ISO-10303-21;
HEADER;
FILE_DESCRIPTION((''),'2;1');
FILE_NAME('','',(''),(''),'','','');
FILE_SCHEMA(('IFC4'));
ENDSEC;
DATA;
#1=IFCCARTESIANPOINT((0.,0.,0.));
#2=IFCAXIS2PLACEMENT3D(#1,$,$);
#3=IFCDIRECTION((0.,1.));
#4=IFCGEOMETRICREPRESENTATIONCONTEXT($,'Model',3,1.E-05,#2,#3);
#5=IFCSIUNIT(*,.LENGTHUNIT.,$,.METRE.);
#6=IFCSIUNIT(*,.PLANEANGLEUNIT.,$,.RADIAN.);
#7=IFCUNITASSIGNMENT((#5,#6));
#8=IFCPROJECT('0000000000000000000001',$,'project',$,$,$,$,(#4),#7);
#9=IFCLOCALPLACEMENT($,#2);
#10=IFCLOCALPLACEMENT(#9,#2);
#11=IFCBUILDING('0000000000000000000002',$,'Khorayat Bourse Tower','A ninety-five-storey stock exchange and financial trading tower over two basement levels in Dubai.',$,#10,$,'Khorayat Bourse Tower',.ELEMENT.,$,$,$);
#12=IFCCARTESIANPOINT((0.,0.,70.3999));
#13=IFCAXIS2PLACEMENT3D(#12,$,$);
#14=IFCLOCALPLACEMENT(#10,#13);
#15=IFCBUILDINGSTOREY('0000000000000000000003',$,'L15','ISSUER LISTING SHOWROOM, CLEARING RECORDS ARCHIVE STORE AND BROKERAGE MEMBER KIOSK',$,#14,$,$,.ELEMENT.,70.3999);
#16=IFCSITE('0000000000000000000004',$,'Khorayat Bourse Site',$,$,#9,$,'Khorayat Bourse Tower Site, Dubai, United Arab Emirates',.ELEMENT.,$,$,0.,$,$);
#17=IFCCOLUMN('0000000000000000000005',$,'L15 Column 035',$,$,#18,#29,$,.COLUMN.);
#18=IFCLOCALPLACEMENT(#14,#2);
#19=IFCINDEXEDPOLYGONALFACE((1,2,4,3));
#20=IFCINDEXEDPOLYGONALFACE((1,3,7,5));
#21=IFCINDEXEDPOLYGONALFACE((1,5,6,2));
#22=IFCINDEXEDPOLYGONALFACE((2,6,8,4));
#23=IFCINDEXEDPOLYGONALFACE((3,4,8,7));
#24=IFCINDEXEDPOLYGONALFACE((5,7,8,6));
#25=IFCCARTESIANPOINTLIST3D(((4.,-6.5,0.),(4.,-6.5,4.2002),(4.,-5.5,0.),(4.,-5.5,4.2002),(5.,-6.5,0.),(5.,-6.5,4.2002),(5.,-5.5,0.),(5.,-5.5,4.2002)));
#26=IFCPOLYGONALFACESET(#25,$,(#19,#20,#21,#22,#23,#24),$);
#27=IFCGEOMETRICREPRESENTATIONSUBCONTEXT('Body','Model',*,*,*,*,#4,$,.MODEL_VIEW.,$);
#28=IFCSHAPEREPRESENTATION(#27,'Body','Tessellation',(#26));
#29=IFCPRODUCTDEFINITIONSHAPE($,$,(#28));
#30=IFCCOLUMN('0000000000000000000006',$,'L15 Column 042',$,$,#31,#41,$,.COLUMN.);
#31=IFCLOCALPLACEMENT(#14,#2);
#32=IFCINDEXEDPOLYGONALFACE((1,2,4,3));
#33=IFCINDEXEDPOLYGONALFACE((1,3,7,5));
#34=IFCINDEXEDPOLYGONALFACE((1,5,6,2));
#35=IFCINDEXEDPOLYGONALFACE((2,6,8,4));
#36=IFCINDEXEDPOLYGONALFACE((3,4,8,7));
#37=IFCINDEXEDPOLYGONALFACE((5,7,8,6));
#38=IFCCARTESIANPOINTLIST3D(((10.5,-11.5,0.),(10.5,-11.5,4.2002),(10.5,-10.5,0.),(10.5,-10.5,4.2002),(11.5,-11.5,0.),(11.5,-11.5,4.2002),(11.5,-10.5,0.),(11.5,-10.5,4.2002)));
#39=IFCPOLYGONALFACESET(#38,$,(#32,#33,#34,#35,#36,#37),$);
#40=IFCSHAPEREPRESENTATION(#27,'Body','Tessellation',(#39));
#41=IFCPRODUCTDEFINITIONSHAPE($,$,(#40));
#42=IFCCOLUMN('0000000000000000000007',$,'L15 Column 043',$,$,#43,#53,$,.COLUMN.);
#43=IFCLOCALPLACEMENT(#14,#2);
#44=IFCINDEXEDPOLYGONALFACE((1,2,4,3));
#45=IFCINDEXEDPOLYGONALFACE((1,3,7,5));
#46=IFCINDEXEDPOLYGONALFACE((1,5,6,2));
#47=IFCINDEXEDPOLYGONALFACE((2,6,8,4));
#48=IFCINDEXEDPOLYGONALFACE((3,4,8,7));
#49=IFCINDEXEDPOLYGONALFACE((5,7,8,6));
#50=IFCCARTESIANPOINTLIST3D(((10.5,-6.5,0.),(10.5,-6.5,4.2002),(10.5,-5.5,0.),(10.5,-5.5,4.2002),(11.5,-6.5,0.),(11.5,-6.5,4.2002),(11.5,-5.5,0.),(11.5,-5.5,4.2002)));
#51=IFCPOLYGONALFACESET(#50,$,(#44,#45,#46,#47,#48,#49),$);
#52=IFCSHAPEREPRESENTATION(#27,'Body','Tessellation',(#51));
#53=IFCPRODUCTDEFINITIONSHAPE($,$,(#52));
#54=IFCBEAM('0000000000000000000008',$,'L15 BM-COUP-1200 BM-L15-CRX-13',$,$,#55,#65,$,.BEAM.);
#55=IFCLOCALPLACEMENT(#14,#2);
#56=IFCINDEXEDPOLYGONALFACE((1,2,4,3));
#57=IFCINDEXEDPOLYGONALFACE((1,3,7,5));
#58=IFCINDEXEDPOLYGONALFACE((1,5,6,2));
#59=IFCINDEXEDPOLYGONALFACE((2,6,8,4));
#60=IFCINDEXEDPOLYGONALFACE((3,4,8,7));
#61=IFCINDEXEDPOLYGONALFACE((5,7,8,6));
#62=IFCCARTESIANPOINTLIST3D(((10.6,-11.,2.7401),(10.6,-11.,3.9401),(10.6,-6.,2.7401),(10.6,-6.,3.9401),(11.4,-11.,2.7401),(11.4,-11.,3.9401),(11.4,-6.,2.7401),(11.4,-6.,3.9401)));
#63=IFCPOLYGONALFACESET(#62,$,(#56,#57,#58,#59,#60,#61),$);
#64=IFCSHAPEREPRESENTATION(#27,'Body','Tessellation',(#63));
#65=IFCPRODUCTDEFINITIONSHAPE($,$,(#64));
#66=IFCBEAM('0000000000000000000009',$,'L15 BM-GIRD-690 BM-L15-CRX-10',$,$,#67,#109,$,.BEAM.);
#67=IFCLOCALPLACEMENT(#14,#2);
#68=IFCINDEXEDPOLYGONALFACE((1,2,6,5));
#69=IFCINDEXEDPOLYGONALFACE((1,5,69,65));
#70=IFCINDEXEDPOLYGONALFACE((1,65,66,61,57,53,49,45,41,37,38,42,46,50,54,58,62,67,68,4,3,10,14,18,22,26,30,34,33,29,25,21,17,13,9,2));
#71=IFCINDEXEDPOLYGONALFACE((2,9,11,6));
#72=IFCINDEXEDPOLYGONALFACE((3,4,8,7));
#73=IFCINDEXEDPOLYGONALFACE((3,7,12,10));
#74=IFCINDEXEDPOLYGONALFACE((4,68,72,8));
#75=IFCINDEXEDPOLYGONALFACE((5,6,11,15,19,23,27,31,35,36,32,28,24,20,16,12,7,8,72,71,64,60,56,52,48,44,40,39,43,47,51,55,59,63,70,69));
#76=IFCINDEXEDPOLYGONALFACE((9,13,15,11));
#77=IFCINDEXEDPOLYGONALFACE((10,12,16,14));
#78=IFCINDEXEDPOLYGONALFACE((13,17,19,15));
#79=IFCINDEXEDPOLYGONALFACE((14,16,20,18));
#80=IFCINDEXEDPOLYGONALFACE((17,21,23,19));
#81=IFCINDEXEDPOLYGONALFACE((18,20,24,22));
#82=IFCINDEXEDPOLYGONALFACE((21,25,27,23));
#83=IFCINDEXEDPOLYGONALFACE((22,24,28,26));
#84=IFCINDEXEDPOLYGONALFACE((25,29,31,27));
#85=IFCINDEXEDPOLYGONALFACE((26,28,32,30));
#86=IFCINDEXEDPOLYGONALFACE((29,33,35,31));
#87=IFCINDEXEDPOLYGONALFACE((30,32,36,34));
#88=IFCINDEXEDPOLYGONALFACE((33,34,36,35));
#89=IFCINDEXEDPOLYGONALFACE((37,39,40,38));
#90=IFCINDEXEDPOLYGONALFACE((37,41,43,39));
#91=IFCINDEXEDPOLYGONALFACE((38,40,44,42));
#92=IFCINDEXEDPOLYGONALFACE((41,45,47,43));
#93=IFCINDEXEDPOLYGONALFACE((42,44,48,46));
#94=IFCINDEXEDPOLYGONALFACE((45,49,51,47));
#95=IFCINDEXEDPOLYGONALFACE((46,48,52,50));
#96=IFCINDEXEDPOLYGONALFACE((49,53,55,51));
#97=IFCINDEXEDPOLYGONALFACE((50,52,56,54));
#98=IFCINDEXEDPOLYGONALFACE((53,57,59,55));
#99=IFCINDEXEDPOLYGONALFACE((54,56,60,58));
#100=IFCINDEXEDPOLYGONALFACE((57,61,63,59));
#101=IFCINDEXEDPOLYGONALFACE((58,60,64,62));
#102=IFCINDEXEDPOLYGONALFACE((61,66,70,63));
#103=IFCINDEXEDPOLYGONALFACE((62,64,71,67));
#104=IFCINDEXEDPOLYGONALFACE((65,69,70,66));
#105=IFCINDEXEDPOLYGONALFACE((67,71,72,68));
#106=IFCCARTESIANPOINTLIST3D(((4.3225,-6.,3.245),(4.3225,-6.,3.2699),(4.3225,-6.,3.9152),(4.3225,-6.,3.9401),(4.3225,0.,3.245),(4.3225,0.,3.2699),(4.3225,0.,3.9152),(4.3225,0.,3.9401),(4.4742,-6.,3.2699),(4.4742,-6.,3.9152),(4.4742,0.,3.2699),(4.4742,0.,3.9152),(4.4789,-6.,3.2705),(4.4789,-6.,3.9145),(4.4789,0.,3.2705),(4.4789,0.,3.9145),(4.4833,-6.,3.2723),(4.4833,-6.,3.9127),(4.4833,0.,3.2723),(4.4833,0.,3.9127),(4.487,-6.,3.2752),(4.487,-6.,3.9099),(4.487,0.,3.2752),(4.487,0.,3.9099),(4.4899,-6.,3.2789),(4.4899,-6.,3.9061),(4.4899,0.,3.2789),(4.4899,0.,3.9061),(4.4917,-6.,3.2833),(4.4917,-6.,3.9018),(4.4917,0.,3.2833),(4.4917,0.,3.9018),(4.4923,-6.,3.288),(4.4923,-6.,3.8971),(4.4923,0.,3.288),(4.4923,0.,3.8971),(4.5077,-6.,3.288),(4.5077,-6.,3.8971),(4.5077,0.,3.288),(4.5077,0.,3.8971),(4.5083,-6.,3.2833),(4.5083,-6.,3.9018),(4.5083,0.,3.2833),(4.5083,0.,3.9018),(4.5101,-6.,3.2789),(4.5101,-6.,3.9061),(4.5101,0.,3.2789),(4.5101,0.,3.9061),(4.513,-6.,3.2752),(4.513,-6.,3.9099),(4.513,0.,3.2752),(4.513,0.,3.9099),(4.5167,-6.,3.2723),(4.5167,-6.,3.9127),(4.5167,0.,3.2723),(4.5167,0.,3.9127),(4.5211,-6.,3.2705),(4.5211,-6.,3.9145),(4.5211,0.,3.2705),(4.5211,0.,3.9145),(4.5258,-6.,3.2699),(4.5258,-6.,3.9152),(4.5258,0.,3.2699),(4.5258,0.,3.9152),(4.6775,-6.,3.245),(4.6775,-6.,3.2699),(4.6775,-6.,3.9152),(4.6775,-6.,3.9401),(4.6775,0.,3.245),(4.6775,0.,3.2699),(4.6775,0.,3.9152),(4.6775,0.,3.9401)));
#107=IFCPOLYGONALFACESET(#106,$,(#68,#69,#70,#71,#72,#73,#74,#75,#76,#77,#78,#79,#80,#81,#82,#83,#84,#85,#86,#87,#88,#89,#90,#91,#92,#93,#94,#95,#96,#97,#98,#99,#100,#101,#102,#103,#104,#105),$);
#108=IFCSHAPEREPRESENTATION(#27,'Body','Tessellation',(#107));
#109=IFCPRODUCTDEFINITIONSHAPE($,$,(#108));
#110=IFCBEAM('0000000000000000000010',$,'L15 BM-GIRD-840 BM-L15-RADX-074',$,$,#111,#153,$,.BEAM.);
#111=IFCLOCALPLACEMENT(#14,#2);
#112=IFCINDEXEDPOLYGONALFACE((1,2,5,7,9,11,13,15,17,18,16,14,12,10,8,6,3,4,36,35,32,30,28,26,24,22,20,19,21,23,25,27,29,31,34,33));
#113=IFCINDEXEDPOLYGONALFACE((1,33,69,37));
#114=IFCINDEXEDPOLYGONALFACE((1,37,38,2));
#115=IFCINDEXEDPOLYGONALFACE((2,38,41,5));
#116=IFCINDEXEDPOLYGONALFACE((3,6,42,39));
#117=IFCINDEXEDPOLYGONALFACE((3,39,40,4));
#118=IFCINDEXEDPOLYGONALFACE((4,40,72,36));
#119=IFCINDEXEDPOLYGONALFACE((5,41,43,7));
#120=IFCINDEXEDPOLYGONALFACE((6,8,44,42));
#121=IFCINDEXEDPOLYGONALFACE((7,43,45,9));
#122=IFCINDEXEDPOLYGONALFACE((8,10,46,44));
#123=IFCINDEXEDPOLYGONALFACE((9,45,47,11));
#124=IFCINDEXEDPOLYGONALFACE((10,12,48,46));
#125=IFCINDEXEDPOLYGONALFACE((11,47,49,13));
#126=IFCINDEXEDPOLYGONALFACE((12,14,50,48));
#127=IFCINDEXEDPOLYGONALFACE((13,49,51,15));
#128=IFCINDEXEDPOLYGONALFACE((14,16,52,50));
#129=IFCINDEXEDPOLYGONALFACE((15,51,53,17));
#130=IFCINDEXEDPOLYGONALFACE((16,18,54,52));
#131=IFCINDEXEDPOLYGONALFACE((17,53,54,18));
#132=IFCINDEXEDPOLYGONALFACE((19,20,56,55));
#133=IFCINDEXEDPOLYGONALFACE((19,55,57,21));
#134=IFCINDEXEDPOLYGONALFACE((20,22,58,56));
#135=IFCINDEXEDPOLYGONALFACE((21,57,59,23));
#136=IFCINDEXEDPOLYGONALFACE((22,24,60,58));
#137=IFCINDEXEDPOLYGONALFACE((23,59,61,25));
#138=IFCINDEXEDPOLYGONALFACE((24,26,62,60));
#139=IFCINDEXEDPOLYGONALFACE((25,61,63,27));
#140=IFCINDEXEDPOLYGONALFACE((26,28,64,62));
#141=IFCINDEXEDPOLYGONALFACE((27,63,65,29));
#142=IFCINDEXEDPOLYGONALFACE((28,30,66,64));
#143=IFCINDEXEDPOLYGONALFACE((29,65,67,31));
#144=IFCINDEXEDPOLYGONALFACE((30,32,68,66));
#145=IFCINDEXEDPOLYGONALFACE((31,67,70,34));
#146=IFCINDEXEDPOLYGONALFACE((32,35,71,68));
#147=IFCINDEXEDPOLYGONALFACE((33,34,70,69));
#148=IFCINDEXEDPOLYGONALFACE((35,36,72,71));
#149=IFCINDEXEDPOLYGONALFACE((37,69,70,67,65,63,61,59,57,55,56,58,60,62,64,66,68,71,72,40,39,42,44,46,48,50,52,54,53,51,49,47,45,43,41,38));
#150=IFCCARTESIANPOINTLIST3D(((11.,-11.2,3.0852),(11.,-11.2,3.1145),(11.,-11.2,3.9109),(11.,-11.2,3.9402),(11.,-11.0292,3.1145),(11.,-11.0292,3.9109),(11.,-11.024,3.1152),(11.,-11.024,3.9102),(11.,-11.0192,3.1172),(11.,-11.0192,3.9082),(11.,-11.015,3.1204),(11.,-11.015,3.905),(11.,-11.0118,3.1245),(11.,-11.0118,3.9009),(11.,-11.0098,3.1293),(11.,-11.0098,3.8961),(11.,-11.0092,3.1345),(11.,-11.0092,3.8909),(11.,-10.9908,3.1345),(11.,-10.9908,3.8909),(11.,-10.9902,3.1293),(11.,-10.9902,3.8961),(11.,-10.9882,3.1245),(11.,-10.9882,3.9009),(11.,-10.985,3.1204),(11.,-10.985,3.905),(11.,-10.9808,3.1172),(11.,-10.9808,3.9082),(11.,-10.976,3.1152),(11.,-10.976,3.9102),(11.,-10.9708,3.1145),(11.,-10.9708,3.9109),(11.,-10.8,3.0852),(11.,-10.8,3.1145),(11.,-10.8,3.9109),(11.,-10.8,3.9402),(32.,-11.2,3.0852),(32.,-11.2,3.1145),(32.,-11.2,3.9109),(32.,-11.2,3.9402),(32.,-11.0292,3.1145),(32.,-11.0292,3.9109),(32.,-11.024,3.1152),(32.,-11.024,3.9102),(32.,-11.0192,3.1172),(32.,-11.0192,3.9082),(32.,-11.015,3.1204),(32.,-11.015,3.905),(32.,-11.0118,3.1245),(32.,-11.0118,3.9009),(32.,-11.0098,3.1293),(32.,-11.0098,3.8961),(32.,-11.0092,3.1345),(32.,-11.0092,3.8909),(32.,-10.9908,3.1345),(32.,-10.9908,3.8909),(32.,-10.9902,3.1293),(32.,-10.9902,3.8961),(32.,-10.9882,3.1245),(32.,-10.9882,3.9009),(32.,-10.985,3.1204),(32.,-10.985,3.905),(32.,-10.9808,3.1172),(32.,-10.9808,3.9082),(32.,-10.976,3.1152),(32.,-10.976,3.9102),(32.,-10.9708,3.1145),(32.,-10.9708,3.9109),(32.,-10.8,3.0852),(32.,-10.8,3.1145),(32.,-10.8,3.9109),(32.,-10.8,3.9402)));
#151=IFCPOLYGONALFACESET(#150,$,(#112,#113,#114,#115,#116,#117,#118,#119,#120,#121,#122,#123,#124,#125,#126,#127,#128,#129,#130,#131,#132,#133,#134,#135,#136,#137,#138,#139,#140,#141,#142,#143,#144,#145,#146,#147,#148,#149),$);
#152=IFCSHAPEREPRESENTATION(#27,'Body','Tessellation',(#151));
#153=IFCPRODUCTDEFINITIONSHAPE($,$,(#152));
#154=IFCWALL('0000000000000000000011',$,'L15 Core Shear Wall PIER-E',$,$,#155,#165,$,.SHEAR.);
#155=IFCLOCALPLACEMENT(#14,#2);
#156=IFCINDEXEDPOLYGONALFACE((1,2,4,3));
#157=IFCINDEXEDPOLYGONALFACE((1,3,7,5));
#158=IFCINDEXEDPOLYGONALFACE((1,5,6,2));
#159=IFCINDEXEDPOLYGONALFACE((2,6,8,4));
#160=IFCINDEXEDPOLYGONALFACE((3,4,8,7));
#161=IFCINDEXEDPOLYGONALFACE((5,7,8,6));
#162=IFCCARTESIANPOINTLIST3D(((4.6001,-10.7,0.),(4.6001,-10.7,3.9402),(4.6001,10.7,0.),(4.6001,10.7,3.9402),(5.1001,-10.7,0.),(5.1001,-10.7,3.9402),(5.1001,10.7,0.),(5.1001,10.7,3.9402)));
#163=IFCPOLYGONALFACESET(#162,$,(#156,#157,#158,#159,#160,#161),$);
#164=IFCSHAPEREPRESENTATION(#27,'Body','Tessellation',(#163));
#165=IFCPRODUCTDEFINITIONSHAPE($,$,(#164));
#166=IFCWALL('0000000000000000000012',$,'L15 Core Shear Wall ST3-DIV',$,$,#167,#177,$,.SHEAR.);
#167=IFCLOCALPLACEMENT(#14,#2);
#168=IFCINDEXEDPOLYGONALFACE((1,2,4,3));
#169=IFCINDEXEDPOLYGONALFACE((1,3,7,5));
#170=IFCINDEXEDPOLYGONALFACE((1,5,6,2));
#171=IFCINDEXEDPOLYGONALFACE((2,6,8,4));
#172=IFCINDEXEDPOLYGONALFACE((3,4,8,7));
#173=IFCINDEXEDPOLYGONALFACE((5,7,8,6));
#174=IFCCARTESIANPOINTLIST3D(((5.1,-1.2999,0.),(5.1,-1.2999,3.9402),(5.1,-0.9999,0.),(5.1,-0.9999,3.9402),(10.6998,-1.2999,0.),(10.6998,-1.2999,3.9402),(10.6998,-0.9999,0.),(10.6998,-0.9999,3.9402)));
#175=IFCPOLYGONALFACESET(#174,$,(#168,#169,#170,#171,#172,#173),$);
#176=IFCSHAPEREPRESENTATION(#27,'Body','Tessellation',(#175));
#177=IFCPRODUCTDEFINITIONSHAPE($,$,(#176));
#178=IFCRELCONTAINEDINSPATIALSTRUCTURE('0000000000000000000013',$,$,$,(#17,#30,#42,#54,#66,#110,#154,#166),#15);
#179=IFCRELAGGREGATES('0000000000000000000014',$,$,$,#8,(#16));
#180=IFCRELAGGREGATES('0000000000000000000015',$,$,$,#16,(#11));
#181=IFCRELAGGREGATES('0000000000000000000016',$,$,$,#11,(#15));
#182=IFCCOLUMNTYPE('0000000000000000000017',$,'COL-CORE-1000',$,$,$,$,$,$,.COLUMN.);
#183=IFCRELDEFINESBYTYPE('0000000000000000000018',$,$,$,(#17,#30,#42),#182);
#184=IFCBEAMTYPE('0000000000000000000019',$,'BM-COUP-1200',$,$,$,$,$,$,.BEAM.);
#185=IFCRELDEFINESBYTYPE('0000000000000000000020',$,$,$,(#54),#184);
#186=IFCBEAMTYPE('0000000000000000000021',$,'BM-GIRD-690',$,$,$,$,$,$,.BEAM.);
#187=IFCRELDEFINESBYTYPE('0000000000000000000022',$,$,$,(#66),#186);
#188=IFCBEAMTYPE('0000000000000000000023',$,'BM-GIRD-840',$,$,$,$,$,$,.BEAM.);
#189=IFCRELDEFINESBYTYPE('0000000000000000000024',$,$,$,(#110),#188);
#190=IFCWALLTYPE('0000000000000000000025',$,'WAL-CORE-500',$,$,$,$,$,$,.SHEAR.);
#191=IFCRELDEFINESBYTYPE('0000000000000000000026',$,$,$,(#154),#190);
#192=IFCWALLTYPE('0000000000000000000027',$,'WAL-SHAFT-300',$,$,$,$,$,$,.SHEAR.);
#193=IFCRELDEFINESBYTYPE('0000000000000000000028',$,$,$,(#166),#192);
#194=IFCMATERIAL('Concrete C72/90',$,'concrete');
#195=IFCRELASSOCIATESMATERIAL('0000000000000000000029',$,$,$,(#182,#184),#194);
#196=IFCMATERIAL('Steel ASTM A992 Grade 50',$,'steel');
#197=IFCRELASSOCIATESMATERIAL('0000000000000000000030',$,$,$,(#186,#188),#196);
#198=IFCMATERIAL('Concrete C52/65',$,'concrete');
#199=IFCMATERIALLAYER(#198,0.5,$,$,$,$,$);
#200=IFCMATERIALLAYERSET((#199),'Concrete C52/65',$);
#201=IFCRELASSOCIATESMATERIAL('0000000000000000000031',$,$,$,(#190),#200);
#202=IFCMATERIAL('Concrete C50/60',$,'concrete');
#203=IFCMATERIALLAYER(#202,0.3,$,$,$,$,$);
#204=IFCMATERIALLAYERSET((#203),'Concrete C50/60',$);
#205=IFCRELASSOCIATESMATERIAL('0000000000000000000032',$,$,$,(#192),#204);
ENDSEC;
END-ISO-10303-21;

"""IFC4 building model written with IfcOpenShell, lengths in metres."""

from ifc_helpers import new_model, si_unit, direction, frame, frame_2d, origin, origin_2d, place, context, subcontext, project, spatial, rectangle, i_section, extrude, source, transform, mapped, material, layer, layer_set, material_profile, profile_set, type_object, element, save


model = new_model("IFC4")

# Units and contexts
model_context = context("Model", 3, precision=1e-05, world=origin(), true_north=direction((0.0, 1.0)))
body_context = subcontext(model_context, "Body", "Model", "MODEL_VIEW")
ifc_project = project(units=[si_unit("LENGTHUNIT", "METRE"), si_unit("PLANEANGLEUNIT", "RADIAN")], contexts=[model_context])

# Site, building, storey
site_placement = place(None, origin())
site = spatial("IfcSite", under=ifc_project, at=site_placement, Name="Khorayat Bourse Site", LongName="Khorayat Bourse Tower Site, Dubai, United Arab Emirates", CompositionType="ELEMENT", RefElevation=0.0)
building_placement = place(site_placement, origin())
building = spatial("IfcBuilding", under=site, at=building_placement, Name="Khorayat Bourse Tower", Description="A ninety-five-storey stock exchange and financial trading tower over two basement levels in Dubai.", LongName="Khorayat Bourse Tower", CompositionType="ELEMENT")
storey_placement = place(building_placement, frame((0.0, 0.0, 70.3999)))
storey = spatial("IfcBuildingStorey", under=building, at=storey_placement, Name="L15", Description="ISSUER LISTING SHOWROOM, CLEARING RECORDS ARCHIVE STORE AND BROKERAGE MEMBER KIOSK", CompositionType="ELEMENT", Elevation=70.3999)

# Columns
ifc_material_1 = material(Name="Concrete C72/90", Category="concrete")
ifc_material_profile_1 = material_profile(ifc_material_1, rectangle(XDim=1.0, YDim=1.0, at=origin_2d()), Name="RC 1000x1000")
ifc_profile_set_1 = profile_set([ifc_material_profile_1], Name="Concrete C72/90")
column_type = type_object("IfcColumnType", Name="COL-CORE-1000", PredefinedType="COLUMN", material=ifc_profile_set_1)
shared_shape_1 = source(origin(), body_context, "Body", "SweptSolid", [
    extrude(rectangle(XDim=1.0, YDim=1.0, at=origin_2d()), origin(), (0.0, 0.0, 1.0), 4.2002),
])
for number, where, z_axis, x_axis, name in (
    (1, (4.5, -6.0, 0.0), (0.0, 0.0, 1.0), (1.0, 0.0, 0.0), "L15 Column 035"),
    (2, (11.0, -11.0, 0.0), (0.0, 0.0, 1.0), (1.0, 0.0, 0.0), "L15 Column 042"),
    (3, (11.0, -6.0, 0.0), (0.0, 0.0, 1.0), (1.0, 0.0, 0.0), "L15 Column 043"),
):
    element("IfcColumn", number, at=place(storey_placement, frame(where, z_axis=z_axis, x_axis=x_axis)), inside=storey, type_object=column_type, Name=name, PredefinedType="COLUMN", context=body_context, shape_type="MappedRepresentation", body=[
        mapped(shared_shape_1, transform((0.0, 0.0, 0.0), scale=1.0)),
    ])

# Beams
ifc_material_profile_2 = material_profile(ifc_material_1, rectangle(XDim=0.8, YDim=1.2, at=origin_2d()), Name="RC 800x1200")
ifc_profile_set_2 = profile_set([ifc_material_profile_2], Name="Concrete C72/90")
beam_type_1 = type_object("IfcBeamType", Name="BM-COUP-1200", PredefinedType="BEAM", material=ifc_profile_set_2)
shared_shape_2 = source(origin(), body_context, "Body", "SweptSolid", [
    extrude(rectangle(XDim=0.8, YDim=1.2, at=origin_2d()), origin(), (0.0, 0.0, 1.0), 5.0),
])
beam_1_placement = place(storey_placement, frame((11.0, -11.0, 3.3401), z_axis=(0.0, 1.0, 0.0), x_axis=(-1.0, 0.0, 0.0)))
element("IfcBeam", 4, at=beam_1_placement, inside=storey, type_object=beam_type_1, Name="L15 BM-COUP-1200 BM-L15-CRX-13", PredefinedType="BEAM", context=body_context, shape_type="MappedRepresentation", body=[
    mapped(shared_shape_2, transform((0.0, 0.0, 0.0), scale=1.0)),
])
ifc_material_2 = material(Name="Steel ASTM A992 Grade 50", Category="steel")
ifc_material_profile_3 = material_profile(ifc_material_2, i_section(OverallWidth=0.355, OverallDepth=0.6951, WebThickness=0.0154, FlangeThickness=0.0249, FilletRadius=0.0181, at=origin_2d()), Name="W690X217")
ifc_profile_set_3 = profile_set([ifc_material_profile_3], Name="Steel ASTM A992 Grade 50")
beam_type_2 = type_object("IfcBeamType", Name="BM-GIRD-690", PredefinedType="BEAM", material=ifc_profile_set_3)
shared_shape_3 = source(origin(), body_context, "Body", "SweptSolid", [
    extrude(i_section(OverallWidth=0.355, OverallDepth=0.6951, WebThickness=0.0154, FlangeThickness=0.0249, FilletRadius=0.0181, at=origin_2d()), origin(), (0.0, 0.0, 1.0), 6.0),
])
beam_2_placement = place(storey_placement, frame((4.5, -6.0, 3.5925), z_axis=(0.0, 1.0, 0.0), x_axis=(-1.0, 0.0, 0.0)))
element("IfcBeam", 5, at=beam_2_placement, inside=storey, type_object=beam_type_2, Name="L15 BM-GIRD-690 BM-L15-CRX-10", PredefinedType="BEAM", context=body_context, shape_type="MappedRepresentation", body=[
    mapped(shared_shape_3, transform((0.0, 0.0, 0.0), scale=1.0)),
])
ifc_material_profile_4 = material_profile(ifc_material_2, i_section(OverallWidth=0.3999, OverallDepth=0.855, WebThickness=0.0183, FlangeThickness=0.0293, FilletRadius=0.02, at=origin_2d()), Name="W840X299")
ifc_profile_set_4 = profile_set([ifc_material_profile_4], Name="Steel ASTM A992 Grade 50")
beam_type_3 = type_object("IfcBeamType", Name="BM-GIRD-840", PredefinedType="BEAM", material=ifc_profile_set_4)
shared_shape_4 = source(origin(), body_context, "Body", "SweptSolid", [
    extrude(i_section(OverallWidth=0.3999, OverallDepth=0.855, WebThickness=0.0183, FlangeThickness=0.0293, FilletRadius=0.02, at=origin_2d()), origin(), (0.0, 0.0, 1.0), 21.0),
])
beam_3_placement = place(storey_placement, frame((11.0, -11.0, 3.5127), z_axis=(1.0, 0.0, 0.0), x_axis=(0.0, 1.0, 0.0)))
element("IfcBeam", 6, at=beam_3_placement, inside=storey, type_object=beam_type_3, Name="L15 BM-GIRD-840 BM-L15-RADX-074", PredefinedType="BEAM", context=body_context, shape_type="MappedRepresentation", body=[
    mapped(shared_shape_4, transform((0.0, 0.0, 0.0), scale=1.0)),
])

# Walls
ifc_material_3 = material(Name="Concrete C52/65", Category="concrete")
ifc_layer_1 = layer(ifc_material_3, 0.5)
ifc_layer_set_1 = layer_set([ifc_layer_1], Name="Concrete C52/65")
wall_type_1 = type_object("IfcWallType", Name="WAL-CORE-500", PredefinedType="SHEAR", material=ifc_layer_set_1)
shared_shape_5 = source(origin(), body_context, "Body", "SweptSolid", [
    extrude(rectangle(XDim=21.3999, YDim=0.5, at=frame_2d((10.7, 0.0))), origin(), (0.0, 0.0, 1.0), 3.9402),
])
wall_1_placement = place(storey_placement, frame((4.8501, -10.7, 0.0), z_axis=(0.0, 0.0, 1.0), x_axis=(0.0, 1.0, 0.0)))
element("IfcWall", 7, at=wall_1_placement, inside=storey, type_object=wall_type_1, Name="L15 Core Shear Wall PIER-E", PredefinedType="SHEAR", context=body_context, shape_type="MappedRepresentation", body=[
    mapped(shared_shape_5, transform((0.0, 0.0, 0.0), scale=1.0)),
])
ifc_material_4 = material(Name="Concrete C50/60", Category="concrete")
ifc_layer_2 = layer(ifc_material_4, 0.3)
ifc_layer_set_2 = layer_set([ifc_layer_2], Name="Concrete C50/60")
wall_type_2 = type_object("IfcWallType", Name="WAL-SHAFT-300", PredefinedType="SHEAR", material=ifc_layer_set_2)
shared_shape_6 = source(origin(), body_context, "Body", "SweptSolid", [
    extrude(rectangle(XDim=5.5999, YDim=0.3, at=frame_2d((2.7998, 0.0))), origin(), (0.0, 0.0, 1.0), 3.9402),
])
wall_2_placement = place(storey_placement, frame((5.1001, -1.1499, 0.0), z_axis=(0.0, 0.0, 1.0), x_axis=(1.0, 0.0, 0.0)))
element("IfcWall", 8, at=wall_2_placement, inside=storey, type_object=wall_type_2, Name="L15 Core Shear Wall ST3-DIV", PredefinedType="SHEAR", context=body_context, shape_type="MappedRepresentation", body=[
    mapped(shared_shape_6, transform((0.0, 0.0, 0.0), scale=1.0)),
])

save(model, "model.ifc")
